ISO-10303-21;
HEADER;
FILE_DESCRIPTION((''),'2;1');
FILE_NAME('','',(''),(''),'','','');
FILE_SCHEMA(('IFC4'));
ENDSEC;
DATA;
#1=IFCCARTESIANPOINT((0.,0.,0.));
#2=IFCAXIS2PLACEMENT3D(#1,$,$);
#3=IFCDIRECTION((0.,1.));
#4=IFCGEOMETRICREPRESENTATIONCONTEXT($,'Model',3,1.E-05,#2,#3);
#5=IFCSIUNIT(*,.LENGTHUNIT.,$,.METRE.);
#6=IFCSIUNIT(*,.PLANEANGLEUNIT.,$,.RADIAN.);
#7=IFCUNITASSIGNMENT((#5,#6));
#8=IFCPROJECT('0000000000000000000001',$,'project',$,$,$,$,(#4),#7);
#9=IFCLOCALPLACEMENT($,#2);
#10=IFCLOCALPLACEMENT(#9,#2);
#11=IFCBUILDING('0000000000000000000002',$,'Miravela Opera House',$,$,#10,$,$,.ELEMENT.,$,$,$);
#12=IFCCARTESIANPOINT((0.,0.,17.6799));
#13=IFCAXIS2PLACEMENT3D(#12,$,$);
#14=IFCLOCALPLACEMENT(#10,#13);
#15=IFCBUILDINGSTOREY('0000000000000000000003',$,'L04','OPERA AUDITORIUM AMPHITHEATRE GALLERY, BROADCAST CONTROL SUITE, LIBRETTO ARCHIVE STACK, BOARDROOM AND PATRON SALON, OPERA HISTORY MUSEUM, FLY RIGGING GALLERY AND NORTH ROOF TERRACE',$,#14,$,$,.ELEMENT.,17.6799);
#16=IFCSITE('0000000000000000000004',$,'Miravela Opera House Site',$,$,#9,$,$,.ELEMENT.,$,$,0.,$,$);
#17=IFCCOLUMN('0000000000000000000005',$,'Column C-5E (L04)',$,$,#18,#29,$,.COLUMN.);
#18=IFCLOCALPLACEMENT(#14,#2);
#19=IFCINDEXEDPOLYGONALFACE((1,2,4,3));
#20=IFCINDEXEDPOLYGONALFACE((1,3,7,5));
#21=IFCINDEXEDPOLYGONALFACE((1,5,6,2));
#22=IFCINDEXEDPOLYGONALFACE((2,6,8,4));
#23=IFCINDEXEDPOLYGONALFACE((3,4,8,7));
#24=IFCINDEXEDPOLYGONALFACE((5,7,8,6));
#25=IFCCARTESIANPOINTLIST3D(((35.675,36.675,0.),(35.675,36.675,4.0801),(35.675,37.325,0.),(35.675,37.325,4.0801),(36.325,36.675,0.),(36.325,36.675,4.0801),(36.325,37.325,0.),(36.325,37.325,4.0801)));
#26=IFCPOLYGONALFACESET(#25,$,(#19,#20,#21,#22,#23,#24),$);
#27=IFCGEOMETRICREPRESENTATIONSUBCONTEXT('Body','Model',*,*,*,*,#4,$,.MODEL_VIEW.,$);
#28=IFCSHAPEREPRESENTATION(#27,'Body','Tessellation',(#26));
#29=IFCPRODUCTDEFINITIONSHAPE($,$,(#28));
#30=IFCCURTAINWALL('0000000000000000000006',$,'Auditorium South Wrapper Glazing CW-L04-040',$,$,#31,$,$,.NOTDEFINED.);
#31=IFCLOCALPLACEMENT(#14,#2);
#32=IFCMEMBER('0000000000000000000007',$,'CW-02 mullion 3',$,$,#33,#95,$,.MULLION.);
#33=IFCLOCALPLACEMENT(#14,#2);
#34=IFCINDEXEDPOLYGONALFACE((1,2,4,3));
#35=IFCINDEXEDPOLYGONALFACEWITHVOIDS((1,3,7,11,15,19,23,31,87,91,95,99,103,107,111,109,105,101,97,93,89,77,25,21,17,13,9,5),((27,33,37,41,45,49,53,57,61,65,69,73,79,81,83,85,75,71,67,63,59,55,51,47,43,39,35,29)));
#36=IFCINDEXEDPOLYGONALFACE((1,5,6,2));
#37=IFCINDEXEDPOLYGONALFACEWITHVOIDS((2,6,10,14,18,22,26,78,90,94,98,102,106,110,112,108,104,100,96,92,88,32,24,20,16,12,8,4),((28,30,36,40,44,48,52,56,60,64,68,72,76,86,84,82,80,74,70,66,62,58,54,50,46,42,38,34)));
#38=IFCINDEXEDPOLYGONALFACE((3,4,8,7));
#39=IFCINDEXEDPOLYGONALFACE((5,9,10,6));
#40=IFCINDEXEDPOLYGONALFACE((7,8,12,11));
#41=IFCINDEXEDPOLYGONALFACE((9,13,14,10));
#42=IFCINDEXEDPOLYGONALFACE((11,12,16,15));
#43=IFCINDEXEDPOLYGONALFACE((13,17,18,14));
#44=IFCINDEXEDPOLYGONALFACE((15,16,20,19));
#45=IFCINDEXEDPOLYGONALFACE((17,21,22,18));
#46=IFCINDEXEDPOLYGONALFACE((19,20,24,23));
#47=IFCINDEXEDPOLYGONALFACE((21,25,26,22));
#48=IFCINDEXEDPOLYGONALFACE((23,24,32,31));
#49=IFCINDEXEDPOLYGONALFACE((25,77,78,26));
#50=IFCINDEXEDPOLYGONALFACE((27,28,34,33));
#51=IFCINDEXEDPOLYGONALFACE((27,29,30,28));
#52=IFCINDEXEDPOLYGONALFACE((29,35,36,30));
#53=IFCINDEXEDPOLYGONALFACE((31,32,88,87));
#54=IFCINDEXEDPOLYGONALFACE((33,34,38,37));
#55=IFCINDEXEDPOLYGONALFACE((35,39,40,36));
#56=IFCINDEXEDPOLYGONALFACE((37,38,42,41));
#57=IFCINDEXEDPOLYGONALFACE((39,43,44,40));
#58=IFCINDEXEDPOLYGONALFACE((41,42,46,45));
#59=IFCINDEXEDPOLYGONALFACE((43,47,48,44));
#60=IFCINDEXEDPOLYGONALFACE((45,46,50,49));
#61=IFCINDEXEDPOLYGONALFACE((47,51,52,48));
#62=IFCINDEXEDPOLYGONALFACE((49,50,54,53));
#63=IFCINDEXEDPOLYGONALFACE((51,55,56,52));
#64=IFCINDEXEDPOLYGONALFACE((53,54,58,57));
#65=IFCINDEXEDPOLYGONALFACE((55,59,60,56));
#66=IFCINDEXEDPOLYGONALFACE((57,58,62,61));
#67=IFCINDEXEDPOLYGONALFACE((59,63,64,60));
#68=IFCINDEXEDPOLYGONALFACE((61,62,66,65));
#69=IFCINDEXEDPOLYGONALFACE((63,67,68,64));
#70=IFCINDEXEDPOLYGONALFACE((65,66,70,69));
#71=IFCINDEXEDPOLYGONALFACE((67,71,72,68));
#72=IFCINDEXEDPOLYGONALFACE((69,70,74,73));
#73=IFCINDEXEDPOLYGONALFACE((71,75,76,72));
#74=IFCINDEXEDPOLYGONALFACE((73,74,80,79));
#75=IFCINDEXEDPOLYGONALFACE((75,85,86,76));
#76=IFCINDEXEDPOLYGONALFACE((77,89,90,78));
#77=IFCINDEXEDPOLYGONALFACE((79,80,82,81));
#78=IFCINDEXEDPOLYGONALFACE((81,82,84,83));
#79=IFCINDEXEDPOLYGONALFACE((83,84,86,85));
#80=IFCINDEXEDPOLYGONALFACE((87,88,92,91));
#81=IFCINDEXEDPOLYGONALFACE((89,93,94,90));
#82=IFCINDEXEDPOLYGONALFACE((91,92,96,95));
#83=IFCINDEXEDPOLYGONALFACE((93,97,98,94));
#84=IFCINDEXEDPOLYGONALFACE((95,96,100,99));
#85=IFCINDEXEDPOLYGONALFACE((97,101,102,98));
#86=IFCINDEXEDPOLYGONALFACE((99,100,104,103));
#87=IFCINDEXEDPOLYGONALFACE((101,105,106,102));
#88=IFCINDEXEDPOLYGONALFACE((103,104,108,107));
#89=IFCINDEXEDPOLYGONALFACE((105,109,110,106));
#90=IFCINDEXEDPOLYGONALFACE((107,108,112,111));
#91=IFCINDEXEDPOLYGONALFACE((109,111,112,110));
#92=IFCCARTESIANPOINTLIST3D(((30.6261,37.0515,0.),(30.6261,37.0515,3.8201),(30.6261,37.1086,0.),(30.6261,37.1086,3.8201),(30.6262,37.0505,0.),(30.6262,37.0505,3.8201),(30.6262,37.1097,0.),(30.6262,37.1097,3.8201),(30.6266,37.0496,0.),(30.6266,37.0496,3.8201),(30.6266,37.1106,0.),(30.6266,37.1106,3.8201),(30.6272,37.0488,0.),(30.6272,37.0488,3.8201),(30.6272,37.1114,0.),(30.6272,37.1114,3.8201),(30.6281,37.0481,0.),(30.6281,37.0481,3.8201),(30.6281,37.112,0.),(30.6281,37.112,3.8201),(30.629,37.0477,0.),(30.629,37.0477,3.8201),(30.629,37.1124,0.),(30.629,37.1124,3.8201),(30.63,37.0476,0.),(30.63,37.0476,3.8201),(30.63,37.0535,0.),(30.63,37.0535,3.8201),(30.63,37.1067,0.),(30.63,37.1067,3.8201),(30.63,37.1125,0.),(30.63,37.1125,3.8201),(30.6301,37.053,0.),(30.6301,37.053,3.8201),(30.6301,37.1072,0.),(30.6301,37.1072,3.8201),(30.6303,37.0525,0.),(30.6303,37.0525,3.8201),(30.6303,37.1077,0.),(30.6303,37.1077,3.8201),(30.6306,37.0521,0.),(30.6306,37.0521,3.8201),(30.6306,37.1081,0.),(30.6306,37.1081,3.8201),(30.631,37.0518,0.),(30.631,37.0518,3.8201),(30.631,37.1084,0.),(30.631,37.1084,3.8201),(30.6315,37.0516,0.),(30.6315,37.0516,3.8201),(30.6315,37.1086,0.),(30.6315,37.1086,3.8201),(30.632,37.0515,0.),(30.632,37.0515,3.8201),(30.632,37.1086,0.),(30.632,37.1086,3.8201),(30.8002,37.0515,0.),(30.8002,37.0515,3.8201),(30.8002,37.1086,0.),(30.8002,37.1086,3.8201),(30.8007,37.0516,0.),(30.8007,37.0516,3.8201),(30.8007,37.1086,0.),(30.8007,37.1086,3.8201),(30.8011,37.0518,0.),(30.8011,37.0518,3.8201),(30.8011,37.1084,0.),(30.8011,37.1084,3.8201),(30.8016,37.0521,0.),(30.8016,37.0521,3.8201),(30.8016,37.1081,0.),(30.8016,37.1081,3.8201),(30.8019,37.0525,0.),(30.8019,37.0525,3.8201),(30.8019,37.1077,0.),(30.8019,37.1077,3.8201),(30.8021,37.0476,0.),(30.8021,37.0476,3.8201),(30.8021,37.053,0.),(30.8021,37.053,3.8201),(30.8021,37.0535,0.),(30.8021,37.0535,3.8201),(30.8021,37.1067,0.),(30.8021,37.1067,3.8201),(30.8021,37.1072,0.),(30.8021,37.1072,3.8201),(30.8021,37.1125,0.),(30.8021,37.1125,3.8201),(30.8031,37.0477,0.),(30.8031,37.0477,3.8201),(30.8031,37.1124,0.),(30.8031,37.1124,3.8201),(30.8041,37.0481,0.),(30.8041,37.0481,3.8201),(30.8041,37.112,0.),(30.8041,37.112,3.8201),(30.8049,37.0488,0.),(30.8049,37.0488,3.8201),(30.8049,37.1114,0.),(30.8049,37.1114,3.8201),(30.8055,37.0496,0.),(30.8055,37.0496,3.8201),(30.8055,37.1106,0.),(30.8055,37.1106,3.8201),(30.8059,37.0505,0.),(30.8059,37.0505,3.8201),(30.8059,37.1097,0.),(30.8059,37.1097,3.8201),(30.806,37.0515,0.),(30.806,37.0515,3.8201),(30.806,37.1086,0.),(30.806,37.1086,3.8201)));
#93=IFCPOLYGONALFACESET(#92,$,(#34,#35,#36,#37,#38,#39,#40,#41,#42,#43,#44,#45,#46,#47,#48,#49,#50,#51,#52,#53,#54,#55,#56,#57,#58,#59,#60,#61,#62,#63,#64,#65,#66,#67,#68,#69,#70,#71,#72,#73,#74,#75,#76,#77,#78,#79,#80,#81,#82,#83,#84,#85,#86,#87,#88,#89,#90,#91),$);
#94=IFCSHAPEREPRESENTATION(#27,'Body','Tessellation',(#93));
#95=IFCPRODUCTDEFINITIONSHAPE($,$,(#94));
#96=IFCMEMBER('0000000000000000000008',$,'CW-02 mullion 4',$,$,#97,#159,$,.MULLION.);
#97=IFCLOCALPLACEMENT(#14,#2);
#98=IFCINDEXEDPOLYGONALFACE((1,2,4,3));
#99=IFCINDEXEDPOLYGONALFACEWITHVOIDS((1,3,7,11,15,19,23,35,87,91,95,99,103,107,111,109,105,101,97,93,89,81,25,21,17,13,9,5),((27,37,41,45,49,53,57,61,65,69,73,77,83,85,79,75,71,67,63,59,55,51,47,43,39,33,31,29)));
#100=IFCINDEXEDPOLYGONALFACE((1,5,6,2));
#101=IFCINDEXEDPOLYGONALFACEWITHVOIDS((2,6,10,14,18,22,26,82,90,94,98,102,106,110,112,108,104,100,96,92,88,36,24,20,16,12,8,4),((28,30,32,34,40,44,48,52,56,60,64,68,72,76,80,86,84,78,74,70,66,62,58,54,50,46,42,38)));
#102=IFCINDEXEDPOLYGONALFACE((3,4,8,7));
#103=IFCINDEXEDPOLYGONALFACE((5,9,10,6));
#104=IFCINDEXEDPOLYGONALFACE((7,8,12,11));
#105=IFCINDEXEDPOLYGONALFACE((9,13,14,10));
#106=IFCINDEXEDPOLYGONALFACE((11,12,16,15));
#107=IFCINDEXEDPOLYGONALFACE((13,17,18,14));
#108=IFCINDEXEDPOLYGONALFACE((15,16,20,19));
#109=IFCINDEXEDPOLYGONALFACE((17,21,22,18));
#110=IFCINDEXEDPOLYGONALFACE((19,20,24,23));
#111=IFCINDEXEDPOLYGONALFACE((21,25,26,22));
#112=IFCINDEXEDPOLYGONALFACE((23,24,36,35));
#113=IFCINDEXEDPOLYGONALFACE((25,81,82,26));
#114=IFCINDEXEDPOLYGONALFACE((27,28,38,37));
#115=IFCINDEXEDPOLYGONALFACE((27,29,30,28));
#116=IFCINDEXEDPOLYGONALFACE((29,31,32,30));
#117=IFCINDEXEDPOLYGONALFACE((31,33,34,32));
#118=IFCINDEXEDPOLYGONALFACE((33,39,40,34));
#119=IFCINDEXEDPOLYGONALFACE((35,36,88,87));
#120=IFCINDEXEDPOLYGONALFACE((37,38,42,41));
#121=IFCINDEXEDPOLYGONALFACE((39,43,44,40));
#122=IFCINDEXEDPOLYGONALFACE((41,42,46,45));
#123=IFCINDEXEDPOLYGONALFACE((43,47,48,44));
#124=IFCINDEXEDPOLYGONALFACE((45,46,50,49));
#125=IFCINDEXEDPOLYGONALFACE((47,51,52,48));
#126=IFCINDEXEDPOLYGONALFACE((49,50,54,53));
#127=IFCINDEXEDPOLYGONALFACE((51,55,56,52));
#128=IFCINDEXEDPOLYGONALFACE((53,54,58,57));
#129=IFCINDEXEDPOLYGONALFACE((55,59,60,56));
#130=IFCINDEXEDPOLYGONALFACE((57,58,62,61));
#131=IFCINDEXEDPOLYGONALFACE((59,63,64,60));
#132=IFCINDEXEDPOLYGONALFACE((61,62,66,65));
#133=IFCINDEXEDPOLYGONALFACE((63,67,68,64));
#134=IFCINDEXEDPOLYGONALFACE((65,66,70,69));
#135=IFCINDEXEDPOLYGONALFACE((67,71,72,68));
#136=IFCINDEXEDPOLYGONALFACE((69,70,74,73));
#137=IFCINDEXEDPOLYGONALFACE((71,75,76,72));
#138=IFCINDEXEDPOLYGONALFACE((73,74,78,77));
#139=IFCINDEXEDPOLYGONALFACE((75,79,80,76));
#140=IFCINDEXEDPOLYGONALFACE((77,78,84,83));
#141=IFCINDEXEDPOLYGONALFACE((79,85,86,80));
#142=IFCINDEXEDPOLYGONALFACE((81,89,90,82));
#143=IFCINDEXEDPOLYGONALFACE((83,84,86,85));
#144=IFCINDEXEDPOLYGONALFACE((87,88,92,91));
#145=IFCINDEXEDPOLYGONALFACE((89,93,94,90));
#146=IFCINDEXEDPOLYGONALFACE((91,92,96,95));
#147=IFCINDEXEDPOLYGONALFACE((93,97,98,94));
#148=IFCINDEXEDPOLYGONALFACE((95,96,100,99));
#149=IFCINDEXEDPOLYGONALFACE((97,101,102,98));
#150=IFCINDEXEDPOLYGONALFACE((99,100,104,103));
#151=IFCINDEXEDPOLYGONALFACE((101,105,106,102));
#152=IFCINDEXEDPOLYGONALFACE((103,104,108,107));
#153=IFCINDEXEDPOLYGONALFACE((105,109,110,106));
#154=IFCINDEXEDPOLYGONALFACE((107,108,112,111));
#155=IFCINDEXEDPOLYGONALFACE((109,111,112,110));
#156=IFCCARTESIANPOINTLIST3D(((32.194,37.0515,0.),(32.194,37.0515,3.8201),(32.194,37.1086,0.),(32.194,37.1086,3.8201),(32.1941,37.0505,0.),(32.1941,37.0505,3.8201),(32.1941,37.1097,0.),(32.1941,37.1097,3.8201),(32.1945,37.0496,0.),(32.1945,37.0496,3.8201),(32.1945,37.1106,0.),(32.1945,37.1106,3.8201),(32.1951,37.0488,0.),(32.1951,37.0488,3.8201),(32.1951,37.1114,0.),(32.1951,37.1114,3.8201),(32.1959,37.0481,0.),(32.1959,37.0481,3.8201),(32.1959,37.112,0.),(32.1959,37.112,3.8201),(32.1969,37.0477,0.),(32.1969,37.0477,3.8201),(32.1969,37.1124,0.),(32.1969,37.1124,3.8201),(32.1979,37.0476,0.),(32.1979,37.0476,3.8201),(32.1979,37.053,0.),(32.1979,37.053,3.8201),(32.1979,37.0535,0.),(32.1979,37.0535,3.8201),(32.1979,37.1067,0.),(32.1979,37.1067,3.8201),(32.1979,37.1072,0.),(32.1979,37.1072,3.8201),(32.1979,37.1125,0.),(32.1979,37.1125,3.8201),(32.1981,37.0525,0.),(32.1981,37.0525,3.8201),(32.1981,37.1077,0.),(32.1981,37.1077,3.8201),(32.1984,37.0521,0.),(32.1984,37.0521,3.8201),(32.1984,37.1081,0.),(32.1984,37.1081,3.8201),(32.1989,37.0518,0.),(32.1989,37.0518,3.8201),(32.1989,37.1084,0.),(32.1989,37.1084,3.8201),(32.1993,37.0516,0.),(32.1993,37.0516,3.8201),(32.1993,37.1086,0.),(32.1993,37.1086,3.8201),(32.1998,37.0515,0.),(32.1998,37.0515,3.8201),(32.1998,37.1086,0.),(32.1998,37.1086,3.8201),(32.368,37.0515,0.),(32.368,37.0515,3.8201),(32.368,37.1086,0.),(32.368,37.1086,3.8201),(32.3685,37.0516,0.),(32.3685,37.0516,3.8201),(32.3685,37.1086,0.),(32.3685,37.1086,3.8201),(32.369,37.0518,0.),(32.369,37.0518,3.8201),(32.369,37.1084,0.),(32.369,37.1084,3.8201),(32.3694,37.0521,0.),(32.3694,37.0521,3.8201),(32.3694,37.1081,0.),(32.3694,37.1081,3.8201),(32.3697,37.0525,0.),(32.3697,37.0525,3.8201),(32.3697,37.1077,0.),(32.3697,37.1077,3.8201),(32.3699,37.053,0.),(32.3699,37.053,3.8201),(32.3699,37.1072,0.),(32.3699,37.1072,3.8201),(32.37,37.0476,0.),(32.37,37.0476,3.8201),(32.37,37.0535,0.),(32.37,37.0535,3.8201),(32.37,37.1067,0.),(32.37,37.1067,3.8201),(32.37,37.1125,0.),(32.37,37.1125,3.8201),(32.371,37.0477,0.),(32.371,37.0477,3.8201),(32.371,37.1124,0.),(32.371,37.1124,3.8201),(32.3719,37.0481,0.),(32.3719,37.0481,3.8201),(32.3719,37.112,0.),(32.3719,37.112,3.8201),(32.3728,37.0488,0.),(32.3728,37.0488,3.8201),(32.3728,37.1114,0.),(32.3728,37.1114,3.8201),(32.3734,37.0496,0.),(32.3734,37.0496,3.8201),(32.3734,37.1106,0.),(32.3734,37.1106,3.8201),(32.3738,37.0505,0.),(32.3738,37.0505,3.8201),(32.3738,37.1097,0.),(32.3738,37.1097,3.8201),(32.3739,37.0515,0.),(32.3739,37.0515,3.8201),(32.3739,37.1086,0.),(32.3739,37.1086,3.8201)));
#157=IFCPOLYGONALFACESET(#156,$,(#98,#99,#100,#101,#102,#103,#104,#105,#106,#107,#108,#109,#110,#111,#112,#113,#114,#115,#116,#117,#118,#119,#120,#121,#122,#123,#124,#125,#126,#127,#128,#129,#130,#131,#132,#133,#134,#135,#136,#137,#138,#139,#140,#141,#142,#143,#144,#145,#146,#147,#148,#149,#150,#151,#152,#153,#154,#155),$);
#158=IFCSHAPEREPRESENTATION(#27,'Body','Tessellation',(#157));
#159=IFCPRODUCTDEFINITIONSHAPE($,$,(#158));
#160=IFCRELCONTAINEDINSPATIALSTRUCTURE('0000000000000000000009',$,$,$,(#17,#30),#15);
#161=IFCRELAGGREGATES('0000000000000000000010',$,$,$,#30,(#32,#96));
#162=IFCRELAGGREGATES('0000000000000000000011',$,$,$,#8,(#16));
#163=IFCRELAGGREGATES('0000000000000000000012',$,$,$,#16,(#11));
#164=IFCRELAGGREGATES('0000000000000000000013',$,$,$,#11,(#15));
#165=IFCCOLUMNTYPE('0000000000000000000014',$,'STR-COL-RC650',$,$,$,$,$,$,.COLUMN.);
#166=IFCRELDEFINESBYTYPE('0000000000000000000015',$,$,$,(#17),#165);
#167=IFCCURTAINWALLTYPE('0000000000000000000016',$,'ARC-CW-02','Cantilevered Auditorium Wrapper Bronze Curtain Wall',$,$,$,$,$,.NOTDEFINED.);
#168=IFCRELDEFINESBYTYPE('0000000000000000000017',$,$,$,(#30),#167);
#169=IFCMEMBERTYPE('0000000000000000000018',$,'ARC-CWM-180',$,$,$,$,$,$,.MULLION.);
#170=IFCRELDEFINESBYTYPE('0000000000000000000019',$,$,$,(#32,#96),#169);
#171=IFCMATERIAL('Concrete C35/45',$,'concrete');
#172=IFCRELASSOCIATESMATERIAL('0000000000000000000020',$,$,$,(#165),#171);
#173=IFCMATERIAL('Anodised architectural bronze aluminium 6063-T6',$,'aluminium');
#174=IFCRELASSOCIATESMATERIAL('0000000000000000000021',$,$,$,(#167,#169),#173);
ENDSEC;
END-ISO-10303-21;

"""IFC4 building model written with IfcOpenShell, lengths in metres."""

from ifc_helpers import new_model, si_unit, direction, frame, origin, origin_2d, place, context, subcontext, project, spatial, rectangle, hollow_rectangle, extrude, material, material_profile, profile_set, type_object, element, aggregate, save


model = new_model("IFC4")

# Units and contexts
model_context = context("Model", 3, precision=1e-05, world=origin(), true_north=direction((0.0, 1.0)))
body_context = subcontext(model_context, "Body", "Model", "MODEL_VIEW")
ifc_project = project(units=[si_unit("LENGTHUNIT", "METRE"), si_unit("PLANEANGLEUNIT", "RADIAN")], contexts=[model_context])

# Site, building, storey
site_placement = place(None, origin())
site = spatial("IfcSite", under=ifc_project, at=site_placement, Name="Miravela Opera House Site", CompositionType="ELEMENT", RefElevation=0.0)
building_placement = place(site_placement, origin())
building = spatial("IfcBuilding", under=site, at=building_placement, Name="Miravela Opera House", CompositionType="ELEMENT")
storey_placement = place(building_placement, frame((0.0, 0.0, 17.6799)))
storey = spatial("IfcBuildingStorey", under=building, at=storey_placement, Name="L04", Description="OPERA AUDITORIUM AMPHITHEATRE GALLERY, BROADCAST CONTROL SUITE, LIBRETTO ARCHIVE STACK, BOARDROOM AND PATRON SALON, OPERA HISTORY MUSEUM, FLY RIGGING GALLERY AND NORTH ROOF TERRACE", CompositionType="ELEMENT", Elevation=17.6799)

# Column
ifc_material_1 = material(Name="Concrete C35/45", Category="concrete")
ifc_material_profile_1 = material_profile(ifc_material_1, rectangle(XDim=0.6499, YDim=0.6499, at=origin_2d()), Name="RC-COL-650X650")
ifc_profile_set_1 = profile_set([ifc_material_profile_1])
column_type = type_object("IfcColumnType", Name="STR-COL-RC650", PredefinedType="COLUMN", material=ifc_profile_set_1)
column_placement = place(storey_placement, frame((36.0, 37.0, 0.0), z_axis=(0.0, 0.0, 1.0), x_axis=(1.0, 0.0, 0.0)))
element("IfcColumn", 1, at=column_placement, inside=storey, type_object=column_type, Name="Column C-5E (L04)", PredefinedType="COLUMN", context=body_context, shape_type="SweptSolid", body=[
    extrude(rectangle(XDim=0.6499, YDim=0.6499, at=origin_2d()), origin(), (0.0, 0.0, 1.0), 4.0801),
])

# Curtain wall, members
ifc_material_2 = material(Name="Anodised architectural bronze aluminium 6063-T6", Category="aluminium")
curtain_wall_type = type_object("IfcCurtainWallType", Name="ARC-CW-02", Description="Cantilevered Auditorium Wrapper Bronze Curtain Wall", PredefinedType="NOTDEFINED", material=ifc_material_2)
curtain_wall_placement = place(storey_placement, origin())
curtain_wall = element("IfcCurtainWall", 2, at=curtain_wall_placement, inside=storey, type_object=curtain_wall_type, Name="Auditorium South Wrapper Glazing CW-L04-040", PredefinedType="NOTDEFINED")
ifc_material_profile_2 = material_profile(ifc_material_2, hollow_rectangle(XDim=0.0649, YDim=0.1799, WallThickness=0.0039, InnerFilletRadius=0.002, OuterFilletRadius=0.0039, at=origin_2d()), Name="CWM-65X180")
ifc_profile_set_2 = profile_set([ifc_material_profile_2])
member_type_1 = type_object("IfcMemberType", Name="ARC-CWM-180", PredefinedType="MULLION", material=ifc_profile_set_2)
member_1_placement = place(storey_placement, frame((30.7161, 37.0801, 0.0), z_axis=(0.0, 0.0, 1.0), x_axis=(0.0, 1.0, 0.0)))
member_1 = element("IfcMember", 3, at=member_1_placement, type_object=member_type_1, Name="CW-02 mullion 3", PredefinedType="MULLION", context=body_context, shape_type="SweptSolid", body=[
    extrude(hollow_rectangle(XDim=0.0649, YDim=0.1799, WallThickness=0.0039, InnerFilletRadius=0.002, OuterFilletRadius=0.0039, at=origin_2d()), origin(), (0.0, 0.0, 1.0), 3.8201),
])
member_2_placement = place(storey_placement, frame((32.2839, 37.0801, 0.0), z_axis=(0.0, 0.0, 1.0), x_axis=(0.0, 1.0, 0.0)))
member_2 = element("IfcMember", 4, at=member_2_placement, type_object=member_type_1, Name="CW-02 mullion 4", PredefinedType="MULLION", context=body_context, shape_type="SweptSolid", body=[
    extrude(hollow_rectangle(XDim=0.0649, YDim=0.1799, WallThickness=0.0039, InnerFilletRadius=0.002, OuterFilletRadius=0.0039, at=origin_2d()), origin(), (0.0, 0.0, 1.0), 3.8201),
])

aggregate(curtain_wall, [member_1, member_2])

save(model, "model.ifc")
